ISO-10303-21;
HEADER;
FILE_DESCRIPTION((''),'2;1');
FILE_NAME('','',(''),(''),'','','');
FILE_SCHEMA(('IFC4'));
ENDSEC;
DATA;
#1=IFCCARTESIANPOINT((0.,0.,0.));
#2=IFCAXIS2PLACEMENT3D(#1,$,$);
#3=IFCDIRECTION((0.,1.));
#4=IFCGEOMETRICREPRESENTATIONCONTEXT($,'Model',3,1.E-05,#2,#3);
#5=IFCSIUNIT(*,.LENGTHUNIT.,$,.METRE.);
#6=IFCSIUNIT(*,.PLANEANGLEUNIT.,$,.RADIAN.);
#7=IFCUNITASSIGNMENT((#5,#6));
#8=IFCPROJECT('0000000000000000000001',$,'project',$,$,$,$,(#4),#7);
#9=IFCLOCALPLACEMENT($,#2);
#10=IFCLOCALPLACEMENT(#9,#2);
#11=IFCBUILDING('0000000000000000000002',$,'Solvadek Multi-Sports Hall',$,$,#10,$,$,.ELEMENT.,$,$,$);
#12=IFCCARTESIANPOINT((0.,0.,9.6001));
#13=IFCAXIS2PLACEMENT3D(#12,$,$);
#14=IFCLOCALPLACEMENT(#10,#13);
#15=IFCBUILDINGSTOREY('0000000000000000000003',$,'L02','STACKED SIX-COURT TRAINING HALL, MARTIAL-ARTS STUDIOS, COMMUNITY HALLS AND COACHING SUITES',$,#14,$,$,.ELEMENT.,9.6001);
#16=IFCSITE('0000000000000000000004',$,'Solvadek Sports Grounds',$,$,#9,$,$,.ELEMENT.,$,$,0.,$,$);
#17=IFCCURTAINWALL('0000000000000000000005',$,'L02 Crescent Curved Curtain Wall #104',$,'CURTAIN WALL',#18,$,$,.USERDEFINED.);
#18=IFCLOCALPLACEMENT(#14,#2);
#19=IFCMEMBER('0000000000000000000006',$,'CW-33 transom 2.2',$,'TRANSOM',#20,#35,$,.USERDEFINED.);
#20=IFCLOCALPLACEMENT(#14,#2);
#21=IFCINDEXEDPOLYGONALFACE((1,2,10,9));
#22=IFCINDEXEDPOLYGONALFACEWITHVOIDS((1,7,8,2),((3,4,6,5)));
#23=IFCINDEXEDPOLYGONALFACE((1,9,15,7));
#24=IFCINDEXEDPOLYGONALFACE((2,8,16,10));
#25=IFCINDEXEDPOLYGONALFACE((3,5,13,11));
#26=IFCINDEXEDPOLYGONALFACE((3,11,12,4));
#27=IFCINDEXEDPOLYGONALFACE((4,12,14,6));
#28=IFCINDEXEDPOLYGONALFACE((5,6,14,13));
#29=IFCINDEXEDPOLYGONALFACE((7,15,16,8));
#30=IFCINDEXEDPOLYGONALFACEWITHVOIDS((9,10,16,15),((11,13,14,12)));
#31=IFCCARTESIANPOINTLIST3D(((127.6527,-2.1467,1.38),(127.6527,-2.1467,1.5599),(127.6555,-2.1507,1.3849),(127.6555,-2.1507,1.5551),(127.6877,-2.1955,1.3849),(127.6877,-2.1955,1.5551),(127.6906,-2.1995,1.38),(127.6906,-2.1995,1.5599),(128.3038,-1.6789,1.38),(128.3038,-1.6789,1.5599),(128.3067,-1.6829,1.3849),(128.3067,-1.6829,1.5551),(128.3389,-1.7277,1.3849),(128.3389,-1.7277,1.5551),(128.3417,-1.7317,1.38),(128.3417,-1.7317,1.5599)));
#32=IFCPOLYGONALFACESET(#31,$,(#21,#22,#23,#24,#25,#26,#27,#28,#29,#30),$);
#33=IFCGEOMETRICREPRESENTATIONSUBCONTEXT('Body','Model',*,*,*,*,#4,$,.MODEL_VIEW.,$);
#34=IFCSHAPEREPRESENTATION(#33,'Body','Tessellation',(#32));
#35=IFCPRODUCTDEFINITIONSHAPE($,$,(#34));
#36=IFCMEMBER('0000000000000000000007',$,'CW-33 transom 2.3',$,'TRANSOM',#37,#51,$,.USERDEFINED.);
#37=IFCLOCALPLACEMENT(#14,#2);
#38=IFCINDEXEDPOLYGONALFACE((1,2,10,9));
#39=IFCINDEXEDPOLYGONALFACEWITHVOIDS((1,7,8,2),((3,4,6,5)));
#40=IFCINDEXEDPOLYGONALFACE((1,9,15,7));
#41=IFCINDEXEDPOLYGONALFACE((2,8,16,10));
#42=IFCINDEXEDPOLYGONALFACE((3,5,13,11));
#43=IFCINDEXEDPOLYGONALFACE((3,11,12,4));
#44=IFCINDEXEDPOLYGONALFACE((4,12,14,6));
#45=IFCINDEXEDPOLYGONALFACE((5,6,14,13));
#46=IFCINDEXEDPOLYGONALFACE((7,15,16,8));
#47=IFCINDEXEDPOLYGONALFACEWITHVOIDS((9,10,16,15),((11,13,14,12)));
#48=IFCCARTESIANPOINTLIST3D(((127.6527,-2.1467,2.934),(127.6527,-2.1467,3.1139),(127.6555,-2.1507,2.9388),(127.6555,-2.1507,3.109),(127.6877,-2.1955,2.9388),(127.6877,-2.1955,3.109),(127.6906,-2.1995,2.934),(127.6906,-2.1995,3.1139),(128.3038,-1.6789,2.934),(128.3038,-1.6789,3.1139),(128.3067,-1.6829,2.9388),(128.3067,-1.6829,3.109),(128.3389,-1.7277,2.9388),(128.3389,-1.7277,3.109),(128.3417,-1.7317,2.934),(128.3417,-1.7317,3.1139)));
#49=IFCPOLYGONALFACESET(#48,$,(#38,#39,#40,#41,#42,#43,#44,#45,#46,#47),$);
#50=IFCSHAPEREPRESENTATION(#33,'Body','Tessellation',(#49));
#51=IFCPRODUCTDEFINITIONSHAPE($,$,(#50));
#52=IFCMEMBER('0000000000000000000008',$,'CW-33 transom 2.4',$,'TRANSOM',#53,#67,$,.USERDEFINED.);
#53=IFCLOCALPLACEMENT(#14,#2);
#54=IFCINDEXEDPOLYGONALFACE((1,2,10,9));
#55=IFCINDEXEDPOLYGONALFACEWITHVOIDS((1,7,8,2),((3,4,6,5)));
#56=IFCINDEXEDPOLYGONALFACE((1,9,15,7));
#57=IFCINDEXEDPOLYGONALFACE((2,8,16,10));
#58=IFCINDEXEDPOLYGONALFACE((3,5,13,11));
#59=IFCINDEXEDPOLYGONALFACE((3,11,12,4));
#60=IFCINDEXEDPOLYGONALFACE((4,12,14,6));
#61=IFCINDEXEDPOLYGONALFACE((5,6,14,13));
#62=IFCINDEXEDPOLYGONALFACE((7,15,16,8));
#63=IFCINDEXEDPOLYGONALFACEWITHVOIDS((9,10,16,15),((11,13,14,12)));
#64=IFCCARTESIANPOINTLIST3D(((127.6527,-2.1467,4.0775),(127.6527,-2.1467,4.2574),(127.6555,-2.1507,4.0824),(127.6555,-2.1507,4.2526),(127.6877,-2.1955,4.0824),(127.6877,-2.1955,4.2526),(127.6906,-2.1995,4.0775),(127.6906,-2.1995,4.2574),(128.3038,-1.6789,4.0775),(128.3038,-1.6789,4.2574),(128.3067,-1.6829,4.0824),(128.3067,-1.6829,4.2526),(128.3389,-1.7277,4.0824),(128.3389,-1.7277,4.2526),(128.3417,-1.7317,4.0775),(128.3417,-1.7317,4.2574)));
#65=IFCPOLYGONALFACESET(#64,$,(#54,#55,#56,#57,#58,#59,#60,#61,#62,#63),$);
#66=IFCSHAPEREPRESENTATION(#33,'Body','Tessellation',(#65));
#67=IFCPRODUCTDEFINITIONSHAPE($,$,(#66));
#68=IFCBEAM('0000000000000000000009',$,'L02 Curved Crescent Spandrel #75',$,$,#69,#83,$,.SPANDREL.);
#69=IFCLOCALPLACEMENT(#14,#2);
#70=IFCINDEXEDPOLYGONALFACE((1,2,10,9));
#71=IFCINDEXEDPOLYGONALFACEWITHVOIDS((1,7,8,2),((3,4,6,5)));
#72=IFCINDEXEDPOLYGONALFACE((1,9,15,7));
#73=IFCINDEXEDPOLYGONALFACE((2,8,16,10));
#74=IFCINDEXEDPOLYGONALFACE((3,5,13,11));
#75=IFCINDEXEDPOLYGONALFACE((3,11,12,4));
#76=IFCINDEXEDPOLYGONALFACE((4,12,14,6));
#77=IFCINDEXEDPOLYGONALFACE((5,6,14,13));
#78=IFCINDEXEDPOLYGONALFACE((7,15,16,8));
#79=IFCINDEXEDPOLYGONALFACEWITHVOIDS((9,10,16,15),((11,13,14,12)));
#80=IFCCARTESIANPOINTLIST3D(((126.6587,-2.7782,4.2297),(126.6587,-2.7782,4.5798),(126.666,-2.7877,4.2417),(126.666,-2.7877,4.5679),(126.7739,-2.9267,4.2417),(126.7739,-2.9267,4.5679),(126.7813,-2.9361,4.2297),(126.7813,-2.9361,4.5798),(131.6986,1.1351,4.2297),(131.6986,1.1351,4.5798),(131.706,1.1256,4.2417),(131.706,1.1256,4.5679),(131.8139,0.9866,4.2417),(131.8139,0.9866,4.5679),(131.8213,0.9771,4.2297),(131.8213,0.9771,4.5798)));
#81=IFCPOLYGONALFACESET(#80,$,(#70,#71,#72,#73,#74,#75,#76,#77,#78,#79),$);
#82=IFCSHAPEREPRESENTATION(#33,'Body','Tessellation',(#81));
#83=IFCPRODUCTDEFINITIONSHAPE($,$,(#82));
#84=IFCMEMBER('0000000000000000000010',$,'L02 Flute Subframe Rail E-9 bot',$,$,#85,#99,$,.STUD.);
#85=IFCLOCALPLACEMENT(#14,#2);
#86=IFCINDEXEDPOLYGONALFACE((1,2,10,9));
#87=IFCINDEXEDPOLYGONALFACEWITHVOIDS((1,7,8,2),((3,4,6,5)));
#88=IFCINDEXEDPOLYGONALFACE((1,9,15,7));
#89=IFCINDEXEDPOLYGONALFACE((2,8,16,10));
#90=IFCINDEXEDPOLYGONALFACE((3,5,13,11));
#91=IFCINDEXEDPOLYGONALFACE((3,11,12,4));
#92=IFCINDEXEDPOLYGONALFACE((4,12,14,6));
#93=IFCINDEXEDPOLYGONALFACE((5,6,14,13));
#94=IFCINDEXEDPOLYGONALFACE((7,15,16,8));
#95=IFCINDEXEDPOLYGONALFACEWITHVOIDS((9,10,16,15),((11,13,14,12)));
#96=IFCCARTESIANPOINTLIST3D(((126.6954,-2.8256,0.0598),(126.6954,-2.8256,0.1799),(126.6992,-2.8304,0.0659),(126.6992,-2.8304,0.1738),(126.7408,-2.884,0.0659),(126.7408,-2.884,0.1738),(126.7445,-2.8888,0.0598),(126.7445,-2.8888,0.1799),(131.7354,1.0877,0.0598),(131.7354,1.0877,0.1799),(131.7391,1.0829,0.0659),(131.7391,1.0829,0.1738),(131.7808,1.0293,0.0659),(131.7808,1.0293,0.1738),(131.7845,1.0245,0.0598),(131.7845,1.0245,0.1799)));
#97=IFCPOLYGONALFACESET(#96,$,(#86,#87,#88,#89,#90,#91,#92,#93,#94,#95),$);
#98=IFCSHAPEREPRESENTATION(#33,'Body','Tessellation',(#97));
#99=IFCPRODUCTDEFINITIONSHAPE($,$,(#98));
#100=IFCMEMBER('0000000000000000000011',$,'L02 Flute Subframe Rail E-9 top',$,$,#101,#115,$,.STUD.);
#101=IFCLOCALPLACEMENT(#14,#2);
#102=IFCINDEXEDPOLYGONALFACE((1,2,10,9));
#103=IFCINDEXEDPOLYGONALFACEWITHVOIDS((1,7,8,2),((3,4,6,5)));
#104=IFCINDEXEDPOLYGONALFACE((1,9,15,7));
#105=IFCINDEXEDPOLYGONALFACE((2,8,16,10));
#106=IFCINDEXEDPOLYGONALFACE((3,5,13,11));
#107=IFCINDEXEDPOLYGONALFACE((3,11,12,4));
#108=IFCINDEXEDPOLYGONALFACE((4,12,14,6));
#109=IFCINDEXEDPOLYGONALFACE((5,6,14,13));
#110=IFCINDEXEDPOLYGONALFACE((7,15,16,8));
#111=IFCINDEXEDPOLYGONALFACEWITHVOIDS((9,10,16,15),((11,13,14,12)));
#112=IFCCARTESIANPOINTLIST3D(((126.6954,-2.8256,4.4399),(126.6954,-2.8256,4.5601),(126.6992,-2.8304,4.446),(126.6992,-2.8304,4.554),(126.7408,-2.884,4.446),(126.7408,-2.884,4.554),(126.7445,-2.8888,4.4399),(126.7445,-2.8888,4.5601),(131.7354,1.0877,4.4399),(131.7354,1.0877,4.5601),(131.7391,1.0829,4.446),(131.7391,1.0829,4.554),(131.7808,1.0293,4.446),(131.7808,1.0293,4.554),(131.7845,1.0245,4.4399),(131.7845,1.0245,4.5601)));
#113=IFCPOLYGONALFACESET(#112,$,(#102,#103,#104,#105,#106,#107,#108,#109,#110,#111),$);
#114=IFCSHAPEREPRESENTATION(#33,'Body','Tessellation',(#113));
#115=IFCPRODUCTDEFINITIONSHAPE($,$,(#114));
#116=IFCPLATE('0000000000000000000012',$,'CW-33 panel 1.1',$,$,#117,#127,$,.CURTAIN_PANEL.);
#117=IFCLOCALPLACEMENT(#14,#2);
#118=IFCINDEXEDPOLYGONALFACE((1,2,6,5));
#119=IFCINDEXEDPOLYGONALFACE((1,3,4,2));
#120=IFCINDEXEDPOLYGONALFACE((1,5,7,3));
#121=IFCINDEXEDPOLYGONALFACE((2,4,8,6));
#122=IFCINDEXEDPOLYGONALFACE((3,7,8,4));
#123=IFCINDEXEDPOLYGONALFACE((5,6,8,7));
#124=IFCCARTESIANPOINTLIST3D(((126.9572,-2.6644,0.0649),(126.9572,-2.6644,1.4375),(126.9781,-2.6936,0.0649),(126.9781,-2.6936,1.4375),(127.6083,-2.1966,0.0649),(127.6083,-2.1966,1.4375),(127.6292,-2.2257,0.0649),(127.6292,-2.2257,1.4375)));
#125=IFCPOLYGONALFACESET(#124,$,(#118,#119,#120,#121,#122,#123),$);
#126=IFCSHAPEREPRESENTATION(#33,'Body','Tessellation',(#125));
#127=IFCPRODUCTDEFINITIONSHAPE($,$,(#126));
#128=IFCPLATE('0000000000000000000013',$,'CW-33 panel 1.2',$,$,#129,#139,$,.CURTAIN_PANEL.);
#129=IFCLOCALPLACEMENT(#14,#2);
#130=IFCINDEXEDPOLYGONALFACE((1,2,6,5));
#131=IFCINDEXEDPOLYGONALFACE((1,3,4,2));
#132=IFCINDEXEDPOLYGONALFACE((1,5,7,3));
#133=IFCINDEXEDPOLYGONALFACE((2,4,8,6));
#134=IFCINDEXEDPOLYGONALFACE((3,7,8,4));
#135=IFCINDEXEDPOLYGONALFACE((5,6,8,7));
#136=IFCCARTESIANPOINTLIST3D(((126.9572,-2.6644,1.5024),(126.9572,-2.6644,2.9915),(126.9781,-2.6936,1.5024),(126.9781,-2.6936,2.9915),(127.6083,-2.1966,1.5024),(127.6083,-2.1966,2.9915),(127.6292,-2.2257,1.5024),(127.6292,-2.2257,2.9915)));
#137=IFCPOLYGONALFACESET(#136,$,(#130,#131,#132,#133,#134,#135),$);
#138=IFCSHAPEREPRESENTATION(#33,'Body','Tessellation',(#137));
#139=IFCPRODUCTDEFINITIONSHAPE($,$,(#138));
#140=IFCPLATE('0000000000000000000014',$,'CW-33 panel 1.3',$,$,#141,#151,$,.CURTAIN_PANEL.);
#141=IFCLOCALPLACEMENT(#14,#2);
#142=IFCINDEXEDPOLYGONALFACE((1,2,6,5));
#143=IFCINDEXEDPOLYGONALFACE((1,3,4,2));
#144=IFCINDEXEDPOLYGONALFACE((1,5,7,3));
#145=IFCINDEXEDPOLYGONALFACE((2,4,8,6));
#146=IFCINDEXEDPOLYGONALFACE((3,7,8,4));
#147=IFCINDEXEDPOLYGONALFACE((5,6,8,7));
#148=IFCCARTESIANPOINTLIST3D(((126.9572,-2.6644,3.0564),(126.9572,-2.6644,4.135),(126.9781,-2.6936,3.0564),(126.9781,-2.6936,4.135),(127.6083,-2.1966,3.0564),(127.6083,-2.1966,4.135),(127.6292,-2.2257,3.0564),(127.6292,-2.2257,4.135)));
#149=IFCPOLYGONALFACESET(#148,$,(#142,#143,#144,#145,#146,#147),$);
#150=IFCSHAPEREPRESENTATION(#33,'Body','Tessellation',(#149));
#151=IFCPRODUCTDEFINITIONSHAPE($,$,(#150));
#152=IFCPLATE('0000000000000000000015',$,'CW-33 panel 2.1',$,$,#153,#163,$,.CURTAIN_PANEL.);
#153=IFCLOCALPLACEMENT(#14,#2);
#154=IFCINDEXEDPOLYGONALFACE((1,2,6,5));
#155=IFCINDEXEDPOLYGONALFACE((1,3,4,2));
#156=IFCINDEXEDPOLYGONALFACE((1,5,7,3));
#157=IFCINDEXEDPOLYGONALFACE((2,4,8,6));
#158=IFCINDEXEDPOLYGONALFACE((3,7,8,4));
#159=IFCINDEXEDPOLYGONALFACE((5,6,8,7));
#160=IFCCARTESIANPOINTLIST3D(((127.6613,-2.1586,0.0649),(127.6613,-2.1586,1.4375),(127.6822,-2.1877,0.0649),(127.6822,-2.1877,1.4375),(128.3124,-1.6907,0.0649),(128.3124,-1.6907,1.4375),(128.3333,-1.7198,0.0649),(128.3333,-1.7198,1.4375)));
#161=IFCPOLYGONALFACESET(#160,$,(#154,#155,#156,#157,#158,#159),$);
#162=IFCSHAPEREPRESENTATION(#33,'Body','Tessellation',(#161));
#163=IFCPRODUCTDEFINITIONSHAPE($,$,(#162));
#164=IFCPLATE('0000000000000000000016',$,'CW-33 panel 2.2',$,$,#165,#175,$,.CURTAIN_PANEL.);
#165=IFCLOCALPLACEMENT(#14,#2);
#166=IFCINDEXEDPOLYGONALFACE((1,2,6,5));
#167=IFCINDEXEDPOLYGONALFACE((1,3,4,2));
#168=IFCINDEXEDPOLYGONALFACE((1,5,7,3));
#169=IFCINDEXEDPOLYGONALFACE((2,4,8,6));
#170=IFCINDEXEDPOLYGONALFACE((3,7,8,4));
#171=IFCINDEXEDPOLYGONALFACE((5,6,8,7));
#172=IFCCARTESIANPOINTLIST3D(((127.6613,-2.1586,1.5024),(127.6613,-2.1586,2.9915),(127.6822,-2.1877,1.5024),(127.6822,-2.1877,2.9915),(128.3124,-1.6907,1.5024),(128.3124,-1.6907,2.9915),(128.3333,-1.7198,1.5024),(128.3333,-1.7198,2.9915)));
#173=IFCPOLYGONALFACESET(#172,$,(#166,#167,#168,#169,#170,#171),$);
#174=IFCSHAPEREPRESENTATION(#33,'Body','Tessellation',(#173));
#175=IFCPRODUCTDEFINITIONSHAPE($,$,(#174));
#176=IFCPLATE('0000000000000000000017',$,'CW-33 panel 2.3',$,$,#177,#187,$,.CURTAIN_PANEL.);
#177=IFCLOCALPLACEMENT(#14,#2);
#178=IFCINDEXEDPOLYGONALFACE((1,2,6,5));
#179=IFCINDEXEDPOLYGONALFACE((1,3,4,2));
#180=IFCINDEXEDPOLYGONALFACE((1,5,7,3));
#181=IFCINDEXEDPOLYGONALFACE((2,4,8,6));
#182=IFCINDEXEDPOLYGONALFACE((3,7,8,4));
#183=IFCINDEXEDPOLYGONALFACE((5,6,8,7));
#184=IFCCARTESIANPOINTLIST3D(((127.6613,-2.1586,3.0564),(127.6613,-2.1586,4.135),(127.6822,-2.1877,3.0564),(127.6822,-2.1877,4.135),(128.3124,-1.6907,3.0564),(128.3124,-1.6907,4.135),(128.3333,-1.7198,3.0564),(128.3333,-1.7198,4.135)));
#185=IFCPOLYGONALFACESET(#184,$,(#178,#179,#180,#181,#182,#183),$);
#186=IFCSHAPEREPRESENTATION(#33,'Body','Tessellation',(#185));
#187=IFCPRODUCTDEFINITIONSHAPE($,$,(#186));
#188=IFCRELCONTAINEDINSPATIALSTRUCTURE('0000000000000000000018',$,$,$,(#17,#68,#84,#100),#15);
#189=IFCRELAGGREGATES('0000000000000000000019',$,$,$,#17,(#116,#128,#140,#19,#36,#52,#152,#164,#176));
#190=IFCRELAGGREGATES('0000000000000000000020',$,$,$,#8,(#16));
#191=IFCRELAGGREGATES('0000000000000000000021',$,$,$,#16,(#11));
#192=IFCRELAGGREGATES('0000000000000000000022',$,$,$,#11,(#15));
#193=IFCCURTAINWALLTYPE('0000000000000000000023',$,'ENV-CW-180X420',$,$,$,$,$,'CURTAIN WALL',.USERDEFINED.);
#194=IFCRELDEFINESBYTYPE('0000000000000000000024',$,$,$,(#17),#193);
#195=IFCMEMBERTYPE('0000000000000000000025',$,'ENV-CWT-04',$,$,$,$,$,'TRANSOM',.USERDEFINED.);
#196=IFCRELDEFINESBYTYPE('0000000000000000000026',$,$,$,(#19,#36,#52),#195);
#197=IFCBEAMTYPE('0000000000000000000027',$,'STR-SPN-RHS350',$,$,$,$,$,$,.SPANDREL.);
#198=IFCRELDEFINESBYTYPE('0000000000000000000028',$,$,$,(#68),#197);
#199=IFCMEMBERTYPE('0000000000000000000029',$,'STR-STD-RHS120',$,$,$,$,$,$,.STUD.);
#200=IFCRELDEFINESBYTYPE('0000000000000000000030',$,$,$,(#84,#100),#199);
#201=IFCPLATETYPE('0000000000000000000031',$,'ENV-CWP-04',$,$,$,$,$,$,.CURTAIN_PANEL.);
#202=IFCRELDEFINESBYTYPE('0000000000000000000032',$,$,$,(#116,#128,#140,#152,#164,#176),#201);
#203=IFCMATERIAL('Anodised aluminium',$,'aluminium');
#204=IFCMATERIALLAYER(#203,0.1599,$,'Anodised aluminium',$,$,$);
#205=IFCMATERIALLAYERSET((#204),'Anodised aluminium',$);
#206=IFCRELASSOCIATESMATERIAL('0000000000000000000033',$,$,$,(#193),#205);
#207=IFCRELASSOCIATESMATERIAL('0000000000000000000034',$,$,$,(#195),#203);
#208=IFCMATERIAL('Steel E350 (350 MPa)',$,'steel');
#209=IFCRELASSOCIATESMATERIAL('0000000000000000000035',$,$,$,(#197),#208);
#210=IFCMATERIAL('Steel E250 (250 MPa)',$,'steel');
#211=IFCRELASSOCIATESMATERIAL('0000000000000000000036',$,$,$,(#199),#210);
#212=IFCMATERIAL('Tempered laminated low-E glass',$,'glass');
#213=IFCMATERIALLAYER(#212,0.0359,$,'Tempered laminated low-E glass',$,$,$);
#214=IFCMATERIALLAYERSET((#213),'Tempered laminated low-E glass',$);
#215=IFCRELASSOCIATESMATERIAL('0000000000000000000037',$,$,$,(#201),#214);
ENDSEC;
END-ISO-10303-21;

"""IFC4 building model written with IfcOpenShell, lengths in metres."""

from ifc_helpers import new_model, si_unit, direction, frame, origin, origin_2d, place, context, subcontext, project, spatial, rectangle, hollow_rectangle, extrude, material, layer, layer_set, material_profile, profile_set, type_object, element, aggregate, save


model = new_model("IFC4")

# Units and contexts
model_context = context("Model", 3, precision=1e-05, world=origin(), true_north=direction((0.0, 1.0)))
body_context = subcontext(model_context, "Body", "Model", "MODEL_VIEW")
ifc_project = project(units=[si_unit("LENGTHUNIT", "METRE"), si_unit("PLANEANGLEUNIT", "RADIAN")], contexts=[model_context])

# Site, building, storey
site_placement = place(None, origin())
site = spatial("IfcSite", under=ifc_project, at=site_placement, Name="Solvadek Sports Grounds", CompositionType="ELEMENT", RefElevation=0.0)
building_placement = place(site_placement, origin())
building = spatial("IfcBuilding", under=site, at=building_placement, Name="Solvadek Multi-Sports Hall", CompositionType="ELEMENT")
storey_placement = place(building_placement, frame((0.0, 0.0, 9.6001)))
storey = spatial("IfcBuildingStorey", under=building, at=storey_placement, Name="L02", Description="STACKED SIX-COURT TRAINING HALL, MARTIAL-ARTS STUDIOS, COMMUNITY HALLS AND COACHING SUITES", CompositionType="ELEMENT", Elevation=9.6001)

# Shared definitions
ifc_material_1 = material(Name="Steel E350 (350 MPa)", Category="steel")

# Curtain wall, members
ifc_material_2 = material(Name="Anodised aluminium", Category="aluminium")
ifc_layer_1 = layer(ifc_material_2, 0.1599, Name="Anodised aluminium")
ifc_layer_set_1 = layer_set([ifc_layer_1], Name="Anodised aluminium")
curtain_wall_type = type_object("IfcCurtainWallType", Name="ENV-CW-180X420", ElementType="CURTAIN WALL", PredefinedType="USERDEFINED", material=ifc_layer_set_1)
curtain_wall_placement = place(storey_placement, origin())
curtain_wall = element("IfcCurtainWall", 1, at=curtain_wall_placement, inside=storey, type_object=curtain_wall_type, Name="L02 Crescent Curved Curtain Wall #104", ObjectType="CURTAIN WALL", PredefinedType="USERDEFINED")
ifc_material_profile_1 = material_profile(ifc_material_2, hollow_rectangle(XDim=0.0649, YDim=0.1799, WallThickness=0.0049, at=origin_2d()), Name="ALU-T 180x65x5")
ifc_profile_set_1 = profile_set([ifc_material_profile_1], Name="Anodised aluminium")
member_type_1 = type_object("IfcMemberType", Name="ENV-CWT-04", ElementType="TRANSOM", PredefinedType="USERDEFINED", material=ifc_profile_set_1)
member_1_placement = place(storey_placement, frame((127.6716, -2.1731, 1.47), z_axis=(0.812146, 0.583454, 0.0), x_axis=(-0.583454, 0.812146, 0.0)))
member_1 = element("IfcMember", 2, at=member_1_placement, type_object=member_type_1, Name="CW-33 transom 2.2", ObjectType="TRANSOM", PredefinedType="USERDEFINED", context=body_context, shape_type="SweptSolid", body=[
    extrude(hollow_rectangle(XDim=0.0649, YDim=0.1799, WallThickness=0.0049, at=origin_2d()), origin(), (0.0, 0.0, 1.0), 0.8018),
])
member_2_placement = place(storey_placement, frame((127.6716, -2.1731, 3.0239), z_axis=(0.812146, 0.583454, 0.0), x_axis=(-0.583454, 0.812146, 0.0)))
member_2 = element("IfcMember", 3, at=member_2_placement, type_object=member_type_1, Name="CW-33 transom 2.3", ObjectType="TRANSOM", PredefinedType="USERDEFINED", context=body_context, shape_type="SweptSolid", body=[
    extrude(hollow_rectangle(XDim=0.0649, YDim=0.1799, WallThickness=0.0049, at=origin_2d()), origin(), (0.0, 0.0, 1.0), 0.8018),
])
member_3_placement = place(storey_placement, frame((127.6716, -2.1731, 4.1675), z_axis=(0.812146, 0.583454, 0.0), x_axis=(-0.583454, 0.812146, 0.0)))
member_3 = element("IfcMember", 4, at=member_3_placement, type_object=member_type_1, Name="CW-33 transom 2.4", ObjectType="TRANSOM", PredefinedType="USERDEFINED", context=body_context, shape_type="SweptSolid", body=[
    extrude(hollow_rectangle(XDim=0.0649, YDim=0.1799, WallThickness=0.0049, at=origin_2d()), origin(), (0.0, 0.0, 1.0), 0.8018),
])

# Beam
ifc_material_profile_2 = material_profile(ifc_material_1, hollow_rectangle(XDim=0.2, YDim=0.3501, WallThickness=0.012, at=origin_2d()), Name="RHS 350x200x12")
ifc_profile_set_2 = profile_set([ifc_material_profile_2], Name="Steel E350 (350 MPa)")
beam_type = type_object("IfcBeamType", Name="STR-SPN-RHS350", PredefinedType="SPANDREL", material=ifc_profile_set_2)
beam_placement = place(storey_placement, frame((126.72, -2.8572, 4.4048), z_axis=(0.789861, 0.613286, 0.0), x_axis=(-0.613286, 0.789861, 0.0)))
element("IfcBeam", 5, at=beam_placement, inside=storey, type_object=beam_type, Name="L02 Curved Crescent Spandrel #75", PredefinedType="SPANDREL", context=body_context, shape_type="SweptSolid", body=[
    extrude(hollow_rectangle(XDim=0.2, YDim=0.3501, WallThickness=0.012, at=origin_2d()), origin(), (0.0, 0.0, 1.0), 6.3809),
])

# Members
ifc_material_3 = material(Name="Steel E250 (250 MPa)", Category="steel")
ifc_material_profile_3 = material_profile(ifc_material_3, hollow_rectangle(XDim=0.0801, YDim=0.1201, WallThickness=0.0061, at=origin_2d()), Name="RHS 120x80x6")
ifc_profile_set_3 = profile_set([ifc_material_profile_3], Name="Steel E250 (250 MPa)")
member_type_2 = type_object("IfcMemberType", Name="STR-STD-RHS120", PredefinedType="STUD", material=ifc_profile_set_3)
for number, where, z_axis, x_axis, name in (
    (6, (126.72, -2.8572, 0.1199), (0.789861, 0.613286, 0.0), (-0.613286, 0.789861, 0.0), "L02 Flute Subframe Rail E-9 bot"),
    (7, (126.72, -2.8572, 4.5), (0.789861, 0.613286, 0.0), (-0.613286, 0.789861, 0.0), "L02 Flute Subframe Rail E-9 top"),
):
    element("IfcMember", number, at=place(storey_placement, frame(where, z_axis=z_axis, x_axis=x_axis)), inside=storey, type_object=member_type_2, Name=name, PredefinedType="STUD", context=body_context, shape_type="SweptSolid", body=[
        extrude(hollow_rectangle(XDim=0.0801, YDim=0.1201, WallThickness=0.0061, at=origin_2d()), origin(), (0.0, 0.0, 1.0), 6.3809),
    ])

# Plates
ifc_material_4 = material(Name="Tempered laminated low-E glass", Category="glass")
ifc_layer_2 = layer(ifc_material_4, 0.0359, Name="Tempered laminated low-E glass")
ifc_layer_set_2 = layer_set([ifc_layer_2], Name="Tempered laminated low-E glass")
plate_type_1 = type_object("IfcPlateType", Name="ENV-CWP-04", PredefinedType="CURTAIN_PANEL", material=ifc_layer_set_2)
plate_1_placement = place(storey_placement, frame((127.2932, -2.4451, 0.0649), z_axis=(0.0, 0.0, 1.0), x_axis=(0.812062, 0.583571, 0.0)))
plate_1 = element("IfcPlate", 8, at=plate_1_placement, type_object=plate_type_1, Name="CW-33 panel 1.1", PredefinedType="CURTAIN_PANEL", context=body_context, shape_type="SweptSolid", body=[
    extrude(rectangle(XDim=0.8018, YDim=0.0359, at=origin_2d()), origin(), (0.0, 0.0, 1.0), 1.3726),
])
plate_2_placement = place(storey_placement, frame((127.2932, -2.4451, 1.5024), z_axis=(0.0, 0.0, 1.0), x_axis=(0.812062, 0.583571, 0.0)))
plate_2 = element("IfcPlate", 9, at=plate_2_placement, type_object=plate_type_1, Name="CW-33 panel 1.2", PredefinedType="CURTAIN_PANEL", context=body_context, shape_type="SweptSolid", body=[
    extrude(rectangle(XDim=0.8018, YDim=0.0359, at=origin_2d()), origin(), (0.0, 0.0, 1.0), 1.489),
])
plate_3_placement = place(storey_placement, frame((127.2932, -2.4451, 3.0564), z_axis=(0.0, 0.0, 1.0), x_axis=(0.812062, 0.583571, 0.0)))
plate_3 = element("IfcPlate", 10, at=plate_3_placement, type_object=plate_type_1, Name="CW-33 panel 1.3", PredefinedType="CURTAIN_PANEL", context=body_context, shape_type="SweptSolid", body=[
    extrude(rectangle(XDim=0.8018, YDim=0.0359, at=origin_2d()), origin(), (0.0, 0.0, 1.0), 1.0786),
])
plate_4_placement = place(storey_placement, frame((127.9973, -1.9392, 0.0649), z_axis=(0.0, 0.0, 1.0), x_axis=(0.812062, 0.583571, 0.0)))
plate_4 = element("IfcPlate", 11, at=plate_4_placement, type_object=plate_type_1, Name="CW-33 panel 2.1", PredefinedType="CURTAIN_PANEL", context=body_context, shape_type="SweptSolid", body=[
    extrude(rectangle(XDim=0.8018, YDim=0.0359, at=origin_2d()), origin(), (0.0, 0.0, 1.0), 1.3726),
])
plate_5_placement = place(storey_placement, frame((127.9973, -1.9392, 1.5024), z_axis=(0.0, 0.0, 1.0), x_axis=(0.812062, 0.583571, 0.0)))
plate_5 = element("IfcPlate", 12, at=plate_5_placement, type_object=plate_type_1, Name="CW-33 panel 2.2", PredefinedType="CURTAIN_PANEL", context=body_context, shape_type="SweptSolid", body=[
    extrude(rectangle(XDim=0.8018, YDim=0.0359, at=origin_2d()), origin(), (0.0, 0.0, 1.0), 1.489),
])
plate_6_placement = place(storey_placement, frame((127.9973, -1.9392, 3.0564), z_axis=(0.0, 0.0, 1.0), x_axis=(0.812062, 0.583571, 0.0)))
plate_6 = element("IfcPlate", 13, at=plate_6_placement, type_object=plate_type_1, Name="CW-33 panel 2.3", PredefinedType="CURTAIN_PANEL", context=body_context, shape_type="SweptSolid", body=[
    extrude(rectangle(XDim=0.8018, YDim=0.0359, at=origin_2d()), origin(), (0.0, 0.0, 1.0), 1.0786),
])
aggregate(curtain_wall, [plate_1, plate_2, plate_3, member_1, member_2, member_3, plate_4, plate_5, plate_6])

save(model, "model.ifc")
